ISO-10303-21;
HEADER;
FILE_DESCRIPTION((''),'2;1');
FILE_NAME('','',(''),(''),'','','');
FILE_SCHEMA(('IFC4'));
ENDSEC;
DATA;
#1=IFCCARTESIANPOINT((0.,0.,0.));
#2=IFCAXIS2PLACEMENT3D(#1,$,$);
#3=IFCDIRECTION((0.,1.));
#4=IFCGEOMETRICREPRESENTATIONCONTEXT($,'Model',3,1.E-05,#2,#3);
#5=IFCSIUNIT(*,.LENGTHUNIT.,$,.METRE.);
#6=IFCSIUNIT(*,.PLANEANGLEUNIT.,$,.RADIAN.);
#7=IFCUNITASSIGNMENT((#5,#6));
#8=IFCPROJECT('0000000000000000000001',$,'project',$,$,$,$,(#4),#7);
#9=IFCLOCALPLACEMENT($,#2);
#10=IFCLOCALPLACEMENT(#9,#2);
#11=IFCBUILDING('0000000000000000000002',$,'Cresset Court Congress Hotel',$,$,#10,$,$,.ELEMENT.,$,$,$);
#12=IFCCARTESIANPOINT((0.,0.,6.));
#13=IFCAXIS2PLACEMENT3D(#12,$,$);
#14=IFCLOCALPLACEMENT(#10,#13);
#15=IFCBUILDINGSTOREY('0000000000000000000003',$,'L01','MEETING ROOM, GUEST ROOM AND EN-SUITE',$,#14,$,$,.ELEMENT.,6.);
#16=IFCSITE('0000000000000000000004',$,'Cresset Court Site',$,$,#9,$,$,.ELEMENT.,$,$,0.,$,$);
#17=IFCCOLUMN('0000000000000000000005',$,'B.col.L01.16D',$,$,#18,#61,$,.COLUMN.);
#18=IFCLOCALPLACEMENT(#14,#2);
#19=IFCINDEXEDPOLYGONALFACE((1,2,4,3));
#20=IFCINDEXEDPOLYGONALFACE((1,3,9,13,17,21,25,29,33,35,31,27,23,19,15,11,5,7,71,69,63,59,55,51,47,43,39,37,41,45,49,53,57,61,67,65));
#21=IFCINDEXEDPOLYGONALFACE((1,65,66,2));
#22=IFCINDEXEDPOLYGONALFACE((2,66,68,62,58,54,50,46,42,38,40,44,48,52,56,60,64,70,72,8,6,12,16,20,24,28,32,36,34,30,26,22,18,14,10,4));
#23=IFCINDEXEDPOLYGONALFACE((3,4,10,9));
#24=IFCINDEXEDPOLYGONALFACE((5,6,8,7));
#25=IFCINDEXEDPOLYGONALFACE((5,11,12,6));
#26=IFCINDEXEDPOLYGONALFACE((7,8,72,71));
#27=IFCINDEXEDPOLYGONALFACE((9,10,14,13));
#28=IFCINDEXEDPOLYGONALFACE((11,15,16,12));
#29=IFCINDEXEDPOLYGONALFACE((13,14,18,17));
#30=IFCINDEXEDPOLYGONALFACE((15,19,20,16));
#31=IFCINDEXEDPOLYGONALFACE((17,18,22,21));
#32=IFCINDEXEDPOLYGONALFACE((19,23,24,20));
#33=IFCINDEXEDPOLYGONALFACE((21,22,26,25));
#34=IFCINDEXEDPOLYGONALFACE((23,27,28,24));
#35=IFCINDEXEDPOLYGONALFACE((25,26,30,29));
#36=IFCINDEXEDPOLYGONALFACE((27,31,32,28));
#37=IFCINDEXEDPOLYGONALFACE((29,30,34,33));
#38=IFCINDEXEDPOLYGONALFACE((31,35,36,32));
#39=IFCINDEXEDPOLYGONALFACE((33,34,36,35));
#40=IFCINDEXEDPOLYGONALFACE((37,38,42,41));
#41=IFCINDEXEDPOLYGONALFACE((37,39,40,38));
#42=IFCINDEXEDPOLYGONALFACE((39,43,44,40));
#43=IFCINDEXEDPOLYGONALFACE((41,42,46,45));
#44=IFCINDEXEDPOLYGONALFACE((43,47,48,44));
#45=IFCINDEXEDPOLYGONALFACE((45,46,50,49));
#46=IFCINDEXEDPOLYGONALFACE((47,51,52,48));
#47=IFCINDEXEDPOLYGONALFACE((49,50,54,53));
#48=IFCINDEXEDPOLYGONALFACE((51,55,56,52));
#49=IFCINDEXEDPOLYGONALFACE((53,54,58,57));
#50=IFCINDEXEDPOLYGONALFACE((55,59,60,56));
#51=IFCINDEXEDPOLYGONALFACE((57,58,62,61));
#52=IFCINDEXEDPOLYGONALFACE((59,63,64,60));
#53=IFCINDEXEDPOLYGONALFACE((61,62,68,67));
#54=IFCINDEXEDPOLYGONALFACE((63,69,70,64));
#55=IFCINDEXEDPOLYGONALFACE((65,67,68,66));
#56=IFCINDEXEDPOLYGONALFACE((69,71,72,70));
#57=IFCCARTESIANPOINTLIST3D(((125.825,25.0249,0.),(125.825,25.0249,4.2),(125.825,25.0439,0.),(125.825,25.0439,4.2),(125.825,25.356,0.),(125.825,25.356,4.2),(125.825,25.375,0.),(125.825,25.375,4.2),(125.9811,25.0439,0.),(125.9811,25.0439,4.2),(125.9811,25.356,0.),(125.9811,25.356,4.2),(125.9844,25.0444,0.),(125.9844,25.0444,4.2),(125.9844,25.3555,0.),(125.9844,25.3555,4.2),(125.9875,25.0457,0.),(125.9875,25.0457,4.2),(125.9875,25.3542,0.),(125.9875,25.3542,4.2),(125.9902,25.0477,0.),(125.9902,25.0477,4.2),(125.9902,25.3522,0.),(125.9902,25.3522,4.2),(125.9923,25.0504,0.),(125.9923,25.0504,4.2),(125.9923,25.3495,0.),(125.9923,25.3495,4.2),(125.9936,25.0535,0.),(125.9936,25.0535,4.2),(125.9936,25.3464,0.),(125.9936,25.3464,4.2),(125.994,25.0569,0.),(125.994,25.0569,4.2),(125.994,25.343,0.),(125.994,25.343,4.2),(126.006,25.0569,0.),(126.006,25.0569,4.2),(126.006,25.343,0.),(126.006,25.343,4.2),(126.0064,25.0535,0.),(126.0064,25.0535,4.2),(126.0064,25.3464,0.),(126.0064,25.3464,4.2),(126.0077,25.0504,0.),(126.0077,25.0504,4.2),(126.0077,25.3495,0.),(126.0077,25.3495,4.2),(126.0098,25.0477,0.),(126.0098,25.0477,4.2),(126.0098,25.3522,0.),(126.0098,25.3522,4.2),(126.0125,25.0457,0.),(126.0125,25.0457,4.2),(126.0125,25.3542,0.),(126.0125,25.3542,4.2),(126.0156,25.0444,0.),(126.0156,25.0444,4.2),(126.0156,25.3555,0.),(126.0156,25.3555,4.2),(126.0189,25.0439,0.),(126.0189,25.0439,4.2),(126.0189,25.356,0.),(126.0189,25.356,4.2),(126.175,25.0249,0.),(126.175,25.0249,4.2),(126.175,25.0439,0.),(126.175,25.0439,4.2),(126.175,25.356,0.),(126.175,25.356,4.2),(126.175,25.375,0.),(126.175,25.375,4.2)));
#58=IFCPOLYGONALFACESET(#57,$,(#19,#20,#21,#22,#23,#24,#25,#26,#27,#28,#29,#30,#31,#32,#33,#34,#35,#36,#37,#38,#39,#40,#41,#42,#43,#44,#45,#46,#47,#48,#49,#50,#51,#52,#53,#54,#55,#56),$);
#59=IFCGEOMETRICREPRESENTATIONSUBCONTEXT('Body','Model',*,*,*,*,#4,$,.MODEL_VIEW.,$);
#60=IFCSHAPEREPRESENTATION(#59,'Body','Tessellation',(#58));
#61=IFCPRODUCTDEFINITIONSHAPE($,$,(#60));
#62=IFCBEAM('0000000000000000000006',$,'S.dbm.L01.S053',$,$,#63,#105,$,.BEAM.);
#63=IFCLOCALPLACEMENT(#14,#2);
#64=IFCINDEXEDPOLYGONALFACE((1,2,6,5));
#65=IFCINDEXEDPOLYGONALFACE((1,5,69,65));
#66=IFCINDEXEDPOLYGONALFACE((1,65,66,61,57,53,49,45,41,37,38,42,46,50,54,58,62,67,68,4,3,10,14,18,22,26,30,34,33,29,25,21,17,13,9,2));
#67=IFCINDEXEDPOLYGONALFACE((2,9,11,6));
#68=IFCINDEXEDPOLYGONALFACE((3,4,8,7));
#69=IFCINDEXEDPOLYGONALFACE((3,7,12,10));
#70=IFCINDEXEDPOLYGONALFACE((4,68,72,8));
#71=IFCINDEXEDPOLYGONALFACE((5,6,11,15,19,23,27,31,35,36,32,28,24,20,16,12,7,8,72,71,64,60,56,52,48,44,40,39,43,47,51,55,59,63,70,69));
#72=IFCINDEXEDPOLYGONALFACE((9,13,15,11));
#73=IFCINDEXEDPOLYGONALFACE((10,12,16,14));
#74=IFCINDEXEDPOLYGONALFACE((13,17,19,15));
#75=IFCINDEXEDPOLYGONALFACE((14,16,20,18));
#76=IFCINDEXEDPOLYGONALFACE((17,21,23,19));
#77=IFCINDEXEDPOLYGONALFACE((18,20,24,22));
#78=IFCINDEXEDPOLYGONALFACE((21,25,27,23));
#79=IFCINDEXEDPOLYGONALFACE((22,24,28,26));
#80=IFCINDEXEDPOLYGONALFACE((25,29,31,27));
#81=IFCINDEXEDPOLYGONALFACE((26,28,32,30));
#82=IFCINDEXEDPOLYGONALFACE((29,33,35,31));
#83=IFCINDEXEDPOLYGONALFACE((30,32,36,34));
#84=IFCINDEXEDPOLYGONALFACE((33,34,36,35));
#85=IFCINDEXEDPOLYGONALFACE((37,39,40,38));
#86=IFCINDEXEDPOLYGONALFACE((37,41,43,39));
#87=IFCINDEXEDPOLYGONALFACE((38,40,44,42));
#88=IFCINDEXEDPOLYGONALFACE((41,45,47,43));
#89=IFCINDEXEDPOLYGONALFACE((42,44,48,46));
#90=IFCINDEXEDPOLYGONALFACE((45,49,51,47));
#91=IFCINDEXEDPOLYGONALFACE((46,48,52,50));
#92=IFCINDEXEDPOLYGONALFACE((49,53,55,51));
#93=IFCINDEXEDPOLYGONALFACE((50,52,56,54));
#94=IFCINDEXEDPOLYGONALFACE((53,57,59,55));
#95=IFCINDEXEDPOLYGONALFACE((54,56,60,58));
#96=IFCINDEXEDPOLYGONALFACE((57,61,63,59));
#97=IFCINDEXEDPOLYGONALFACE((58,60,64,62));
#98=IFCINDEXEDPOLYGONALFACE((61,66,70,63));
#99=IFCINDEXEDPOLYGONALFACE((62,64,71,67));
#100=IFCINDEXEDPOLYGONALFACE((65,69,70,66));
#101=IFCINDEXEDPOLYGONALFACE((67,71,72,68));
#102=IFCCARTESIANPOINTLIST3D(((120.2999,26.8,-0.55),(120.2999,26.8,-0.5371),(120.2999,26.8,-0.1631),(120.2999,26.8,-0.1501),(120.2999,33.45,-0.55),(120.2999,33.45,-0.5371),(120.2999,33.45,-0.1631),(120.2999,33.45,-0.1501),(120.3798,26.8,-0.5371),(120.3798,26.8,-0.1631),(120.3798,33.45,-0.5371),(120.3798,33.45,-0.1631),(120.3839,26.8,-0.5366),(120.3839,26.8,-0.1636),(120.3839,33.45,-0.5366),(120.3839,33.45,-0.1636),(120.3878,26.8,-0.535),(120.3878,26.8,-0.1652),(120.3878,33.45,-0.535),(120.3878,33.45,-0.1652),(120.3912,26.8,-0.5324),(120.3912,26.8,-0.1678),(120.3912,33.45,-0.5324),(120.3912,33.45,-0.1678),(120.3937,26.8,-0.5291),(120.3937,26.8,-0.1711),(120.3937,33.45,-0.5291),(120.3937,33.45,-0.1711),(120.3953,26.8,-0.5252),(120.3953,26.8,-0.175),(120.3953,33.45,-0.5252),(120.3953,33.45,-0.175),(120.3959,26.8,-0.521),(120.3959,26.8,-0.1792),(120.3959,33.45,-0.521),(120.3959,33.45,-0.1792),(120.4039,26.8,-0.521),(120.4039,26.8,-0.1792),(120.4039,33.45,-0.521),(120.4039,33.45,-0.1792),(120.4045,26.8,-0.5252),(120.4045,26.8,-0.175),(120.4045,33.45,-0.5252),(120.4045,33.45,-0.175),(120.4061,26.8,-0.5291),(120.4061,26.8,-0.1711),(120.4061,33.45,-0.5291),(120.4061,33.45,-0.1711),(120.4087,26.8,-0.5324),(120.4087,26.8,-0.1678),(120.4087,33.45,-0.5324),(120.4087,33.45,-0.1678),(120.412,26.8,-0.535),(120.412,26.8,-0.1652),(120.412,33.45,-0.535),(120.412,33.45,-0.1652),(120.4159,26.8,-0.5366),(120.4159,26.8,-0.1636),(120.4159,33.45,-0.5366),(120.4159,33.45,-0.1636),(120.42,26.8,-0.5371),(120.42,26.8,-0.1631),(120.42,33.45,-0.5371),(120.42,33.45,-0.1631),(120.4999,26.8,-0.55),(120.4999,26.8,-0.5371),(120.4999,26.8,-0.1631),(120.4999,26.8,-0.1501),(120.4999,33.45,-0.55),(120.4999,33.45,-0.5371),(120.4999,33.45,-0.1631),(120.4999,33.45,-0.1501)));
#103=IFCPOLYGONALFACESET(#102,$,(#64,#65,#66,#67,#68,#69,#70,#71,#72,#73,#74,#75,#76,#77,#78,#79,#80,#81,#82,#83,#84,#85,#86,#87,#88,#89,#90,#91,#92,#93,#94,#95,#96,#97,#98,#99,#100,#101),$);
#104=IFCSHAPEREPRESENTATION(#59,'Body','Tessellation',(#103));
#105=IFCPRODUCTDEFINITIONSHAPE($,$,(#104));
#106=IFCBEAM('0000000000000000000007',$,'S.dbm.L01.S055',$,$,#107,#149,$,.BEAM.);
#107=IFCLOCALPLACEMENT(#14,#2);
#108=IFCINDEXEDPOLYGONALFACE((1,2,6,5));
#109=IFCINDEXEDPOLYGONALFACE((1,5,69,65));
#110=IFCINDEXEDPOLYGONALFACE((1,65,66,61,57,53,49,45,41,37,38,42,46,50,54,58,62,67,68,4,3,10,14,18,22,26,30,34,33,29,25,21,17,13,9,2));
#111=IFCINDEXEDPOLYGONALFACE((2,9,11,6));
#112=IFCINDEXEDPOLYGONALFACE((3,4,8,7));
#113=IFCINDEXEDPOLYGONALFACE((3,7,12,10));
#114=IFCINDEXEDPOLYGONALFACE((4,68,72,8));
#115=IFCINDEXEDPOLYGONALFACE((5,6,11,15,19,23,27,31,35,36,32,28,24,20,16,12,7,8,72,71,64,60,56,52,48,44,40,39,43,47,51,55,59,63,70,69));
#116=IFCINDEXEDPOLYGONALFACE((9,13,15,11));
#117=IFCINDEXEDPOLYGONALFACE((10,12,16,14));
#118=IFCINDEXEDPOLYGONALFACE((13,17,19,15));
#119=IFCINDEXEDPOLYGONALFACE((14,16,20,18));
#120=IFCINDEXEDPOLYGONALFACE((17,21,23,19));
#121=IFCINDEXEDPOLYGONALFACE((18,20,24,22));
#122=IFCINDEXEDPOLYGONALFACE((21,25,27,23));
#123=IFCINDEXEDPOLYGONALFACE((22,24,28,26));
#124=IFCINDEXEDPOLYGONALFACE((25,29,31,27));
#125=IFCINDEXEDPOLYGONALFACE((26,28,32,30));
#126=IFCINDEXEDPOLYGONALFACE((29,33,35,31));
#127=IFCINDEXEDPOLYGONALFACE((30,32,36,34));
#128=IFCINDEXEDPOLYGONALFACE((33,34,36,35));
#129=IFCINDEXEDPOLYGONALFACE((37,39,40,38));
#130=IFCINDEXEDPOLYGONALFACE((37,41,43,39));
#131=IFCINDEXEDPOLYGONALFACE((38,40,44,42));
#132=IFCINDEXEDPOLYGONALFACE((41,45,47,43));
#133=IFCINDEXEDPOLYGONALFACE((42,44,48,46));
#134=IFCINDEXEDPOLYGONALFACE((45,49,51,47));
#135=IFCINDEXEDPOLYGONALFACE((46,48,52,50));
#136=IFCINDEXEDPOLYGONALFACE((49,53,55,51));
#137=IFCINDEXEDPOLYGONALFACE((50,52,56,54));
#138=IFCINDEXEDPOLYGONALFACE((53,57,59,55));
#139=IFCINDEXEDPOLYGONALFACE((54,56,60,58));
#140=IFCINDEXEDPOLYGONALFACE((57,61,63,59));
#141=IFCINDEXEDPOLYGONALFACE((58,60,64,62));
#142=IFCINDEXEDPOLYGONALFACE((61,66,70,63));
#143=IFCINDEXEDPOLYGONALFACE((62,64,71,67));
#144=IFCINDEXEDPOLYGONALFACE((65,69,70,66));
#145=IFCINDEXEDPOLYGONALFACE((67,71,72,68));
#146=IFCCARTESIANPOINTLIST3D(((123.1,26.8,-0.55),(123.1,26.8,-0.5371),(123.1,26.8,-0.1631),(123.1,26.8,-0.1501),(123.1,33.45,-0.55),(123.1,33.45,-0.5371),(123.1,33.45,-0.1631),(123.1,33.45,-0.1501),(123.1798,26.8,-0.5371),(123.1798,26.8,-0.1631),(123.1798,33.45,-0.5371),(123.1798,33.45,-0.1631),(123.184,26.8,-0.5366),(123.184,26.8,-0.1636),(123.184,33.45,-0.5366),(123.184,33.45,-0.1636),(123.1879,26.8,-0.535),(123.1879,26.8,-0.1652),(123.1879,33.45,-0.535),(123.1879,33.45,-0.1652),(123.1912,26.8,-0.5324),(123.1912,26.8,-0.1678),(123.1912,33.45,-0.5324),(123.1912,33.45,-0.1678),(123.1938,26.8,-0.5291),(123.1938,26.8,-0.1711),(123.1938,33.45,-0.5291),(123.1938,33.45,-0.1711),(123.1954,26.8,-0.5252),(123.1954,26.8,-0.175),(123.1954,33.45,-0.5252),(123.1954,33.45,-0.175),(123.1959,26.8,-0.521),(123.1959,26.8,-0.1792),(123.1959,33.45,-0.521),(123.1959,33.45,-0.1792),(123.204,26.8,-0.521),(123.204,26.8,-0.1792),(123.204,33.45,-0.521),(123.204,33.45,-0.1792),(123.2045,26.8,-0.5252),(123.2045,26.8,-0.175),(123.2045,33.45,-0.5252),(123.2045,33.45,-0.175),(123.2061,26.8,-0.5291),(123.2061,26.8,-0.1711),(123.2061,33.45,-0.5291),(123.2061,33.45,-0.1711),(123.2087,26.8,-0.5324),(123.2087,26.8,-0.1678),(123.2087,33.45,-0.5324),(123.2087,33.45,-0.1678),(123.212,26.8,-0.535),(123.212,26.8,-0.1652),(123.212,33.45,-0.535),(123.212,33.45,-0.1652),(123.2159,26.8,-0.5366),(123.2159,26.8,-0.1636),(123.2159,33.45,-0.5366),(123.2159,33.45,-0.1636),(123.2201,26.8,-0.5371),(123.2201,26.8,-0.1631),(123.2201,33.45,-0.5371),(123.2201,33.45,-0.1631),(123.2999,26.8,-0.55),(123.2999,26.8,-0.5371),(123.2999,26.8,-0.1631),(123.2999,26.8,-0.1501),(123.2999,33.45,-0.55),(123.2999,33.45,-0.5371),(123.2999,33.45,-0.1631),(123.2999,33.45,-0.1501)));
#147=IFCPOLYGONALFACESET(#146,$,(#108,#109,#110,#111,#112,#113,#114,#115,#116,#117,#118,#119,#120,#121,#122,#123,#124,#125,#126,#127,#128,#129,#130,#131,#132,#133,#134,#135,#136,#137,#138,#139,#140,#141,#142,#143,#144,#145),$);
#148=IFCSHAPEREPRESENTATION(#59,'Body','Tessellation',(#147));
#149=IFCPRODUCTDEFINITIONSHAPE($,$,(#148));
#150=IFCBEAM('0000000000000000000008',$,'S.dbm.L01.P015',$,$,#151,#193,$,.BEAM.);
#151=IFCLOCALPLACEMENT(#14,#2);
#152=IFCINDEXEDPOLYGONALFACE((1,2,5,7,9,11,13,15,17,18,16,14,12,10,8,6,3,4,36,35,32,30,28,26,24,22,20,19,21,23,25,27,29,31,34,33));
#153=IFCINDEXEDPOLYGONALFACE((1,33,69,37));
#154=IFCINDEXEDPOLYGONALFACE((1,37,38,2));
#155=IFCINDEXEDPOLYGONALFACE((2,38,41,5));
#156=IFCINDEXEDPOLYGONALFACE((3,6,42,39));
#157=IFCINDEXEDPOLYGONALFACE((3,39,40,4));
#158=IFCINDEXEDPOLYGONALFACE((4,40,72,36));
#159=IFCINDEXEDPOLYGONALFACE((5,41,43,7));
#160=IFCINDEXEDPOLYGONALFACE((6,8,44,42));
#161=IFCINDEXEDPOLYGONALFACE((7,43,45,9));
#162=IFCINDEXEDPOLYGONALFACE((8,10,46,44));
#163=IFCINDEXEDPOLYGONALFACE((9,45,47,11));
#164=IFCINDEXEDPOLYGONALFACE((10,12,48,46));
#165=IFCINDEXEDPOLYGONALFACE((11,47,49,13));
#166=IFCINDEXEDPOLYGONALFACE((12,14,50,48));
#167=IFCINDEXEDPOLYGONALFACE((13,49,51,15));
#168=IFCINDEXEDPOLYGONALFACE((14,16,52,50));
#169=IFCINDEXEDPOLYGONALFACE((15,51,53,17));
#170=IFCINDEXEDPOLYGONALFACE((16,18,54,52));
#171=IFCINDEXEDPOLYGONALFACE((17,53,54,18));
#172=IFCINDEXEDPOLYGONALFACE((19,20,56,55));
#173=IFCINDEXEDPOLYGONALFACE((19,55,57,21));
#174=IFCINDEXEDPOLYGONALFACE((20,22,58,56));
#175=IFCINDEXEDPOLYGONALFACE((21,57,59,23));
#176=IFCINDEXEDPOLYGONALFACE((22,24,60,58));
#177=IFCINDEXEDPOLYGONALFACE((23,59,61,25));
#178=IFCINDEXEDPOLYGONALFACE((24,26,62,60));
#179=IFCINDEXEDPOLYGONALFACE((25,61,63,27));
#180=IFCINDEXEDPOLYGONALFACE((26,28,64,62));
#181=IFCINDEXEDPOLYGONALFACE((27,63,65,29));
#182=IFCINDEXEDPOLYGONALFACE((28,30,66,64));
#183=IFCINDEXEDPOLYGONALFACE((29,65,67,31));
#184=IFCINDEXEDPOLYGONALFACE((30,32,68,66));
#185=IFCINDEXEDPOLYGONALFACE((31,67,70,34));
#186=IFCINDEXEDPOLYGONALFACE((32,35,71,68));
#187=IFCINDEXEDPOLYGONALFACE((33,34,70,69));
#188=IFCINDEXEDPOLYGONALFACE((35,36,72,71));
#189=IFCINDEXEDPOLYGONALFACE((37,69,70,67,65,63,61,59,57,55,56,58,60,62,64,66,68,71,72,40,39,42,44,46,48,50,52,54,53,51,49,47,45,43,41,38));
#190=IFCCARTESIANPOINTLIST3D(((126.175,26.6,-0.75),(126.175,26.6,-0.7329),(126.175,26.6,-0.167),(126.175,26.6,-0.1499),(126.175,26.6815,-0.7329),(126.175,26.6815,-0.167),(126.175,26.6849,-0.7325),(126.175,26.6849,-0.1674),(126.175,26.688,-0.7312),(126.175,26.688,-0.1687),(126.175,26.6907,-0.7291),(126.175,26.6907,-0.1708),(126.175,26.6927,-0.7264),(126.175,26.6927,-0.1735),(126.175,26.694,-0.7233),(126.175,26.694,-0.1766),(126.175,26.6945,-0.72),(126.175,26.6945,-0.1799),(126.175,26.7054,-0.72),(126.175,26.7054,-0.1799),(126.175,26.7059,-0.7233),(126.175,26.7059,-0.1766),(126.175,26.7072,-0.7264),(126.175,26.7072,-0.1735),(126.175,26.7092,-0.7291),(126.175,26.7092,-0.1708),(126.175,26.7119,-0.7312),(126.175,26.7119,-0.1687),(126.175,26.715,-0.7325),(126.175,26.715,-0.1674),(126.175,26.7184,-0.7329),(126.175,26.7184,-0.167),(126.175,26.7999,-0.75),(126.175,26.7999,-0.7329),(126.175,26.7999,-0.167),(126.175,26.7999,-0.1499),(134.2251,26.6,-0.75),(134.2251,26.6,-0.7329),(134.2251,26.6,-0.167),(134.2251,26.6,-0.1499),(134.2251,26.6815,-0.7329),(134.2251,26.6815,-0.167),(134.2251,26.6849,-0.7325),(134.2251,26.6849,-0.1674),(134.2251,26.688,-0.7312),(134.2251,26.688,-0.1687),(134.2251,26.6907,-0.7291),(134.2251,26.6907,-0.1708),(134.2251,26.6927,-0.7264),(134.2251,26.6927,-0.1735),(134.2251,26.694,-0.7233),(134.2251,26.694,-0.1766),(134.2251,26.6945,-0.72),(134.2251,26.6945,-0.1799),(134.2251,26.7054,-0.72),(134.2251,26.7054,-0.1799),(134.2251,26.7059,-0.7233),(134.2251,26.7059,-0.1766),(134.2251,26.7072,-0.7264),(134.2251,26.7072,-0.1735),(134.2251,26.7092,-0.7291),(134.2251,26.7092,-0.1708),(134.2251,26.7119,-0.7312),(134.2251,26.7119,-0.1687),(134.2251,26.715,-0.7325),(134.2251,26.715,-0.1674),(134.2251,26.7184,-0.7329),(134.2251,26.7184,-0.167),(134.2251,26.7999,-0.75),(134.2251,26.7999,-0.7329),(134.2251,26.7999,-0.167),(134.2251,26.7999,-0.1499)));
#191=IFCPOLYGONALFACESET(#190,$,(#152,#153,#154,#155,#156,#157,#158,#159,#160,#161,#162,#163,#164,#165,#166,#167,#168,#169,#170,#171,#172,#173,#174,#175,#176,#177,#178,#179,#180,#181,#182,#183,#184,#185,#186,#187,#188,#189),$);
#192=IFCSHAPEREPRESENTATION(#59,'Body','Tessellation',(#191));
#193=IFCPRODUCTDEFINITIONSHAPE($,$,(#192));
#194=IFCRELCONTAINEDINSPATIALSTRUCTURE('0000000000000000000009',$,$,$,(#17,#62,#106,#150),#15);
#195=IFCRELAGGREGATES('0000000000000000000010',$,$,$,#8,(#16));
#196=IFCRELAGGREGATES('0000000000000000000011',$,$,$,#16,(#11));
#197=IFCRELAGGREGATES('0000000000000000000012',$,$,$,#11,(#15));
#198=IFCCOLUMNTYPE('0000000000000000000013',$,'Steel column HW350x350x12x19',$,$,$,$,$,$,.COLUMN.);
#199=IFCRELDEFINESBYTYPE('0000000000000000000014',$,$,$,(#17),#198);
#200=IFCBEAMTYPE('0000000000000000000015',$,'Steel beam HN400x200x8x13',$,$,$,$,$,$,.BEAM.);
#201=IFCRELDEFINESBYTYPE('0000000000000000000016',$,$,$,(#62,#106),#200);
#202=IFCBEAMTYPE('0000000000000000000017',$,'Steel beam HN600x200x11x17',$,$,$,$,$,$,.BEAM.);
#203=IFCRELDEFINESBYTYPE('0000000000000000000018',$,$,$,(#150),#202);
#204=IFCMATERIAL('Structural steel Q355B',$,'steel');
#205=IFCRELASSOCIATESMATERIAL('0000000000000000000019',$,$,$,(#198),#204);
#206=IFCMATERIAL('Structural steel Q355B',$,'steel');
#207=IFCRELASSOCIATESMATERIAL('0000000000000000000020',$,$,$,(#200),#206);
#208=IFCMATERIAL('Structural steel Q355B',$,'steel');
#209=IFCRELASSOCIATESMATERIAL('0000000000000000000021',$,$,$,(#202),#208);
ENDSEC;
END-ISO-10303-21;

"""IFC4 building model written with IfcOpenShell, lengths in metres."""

from ifc_helpers import new_model, si_unit, direction, frame, origin, origin_2d, place, context, subcontext, project, spatial, i_section, extrude, material, material_profile, profile_set, type_object, element, save


model = new_model("IFC4")

# Units and contexts
model_context = context("Model", 3, precision=1e-05, world=origin(), true_north=direction((0.0, 1.0)))
body_context = subcontext(model_context, "Body", "Model", "MODEL_VIEW")
ifc_project = project(units=[si_unit("LENGTHUNIT", "METRE"), si_unit("PLANEANGLEUNIT", "RADIAN")], contexts=[model_context])

# Site, building, storey
site_placement = place(None, origin())
site = spatial("IfcSite", under=ifc_project, at=site_placement, Name="Cresset Court Site", CompositionType="ELEMENT", RefElevation=0.0)
building_placement = place(site_placement, origin())
building = spatial("IfcBuilding", under=site, at=building_placement, Name="Cresset Court Congress Hotel", CompositionType="ELEMENT")
storey_placement = place(building_placement, frame((0.0, 0.0, 6.0)))
storey = spatial("IfcBuildingStorey", under=building, at=storey_placement, Name="L01", Description="MEETING ROOM, GUEST ROOM AND EN-SUITE", CompositionType="ELEMENT", Elevation=6.0)

# Column
ifc_material_1 = material(Name="Structural steel Q355B", Category="steel")
ifc_material_profile_1 = material_profile(ifc_material_1, i_section(OverallWidth=0.3501, OverallDepth=0.3501, WebThickness=0.012, FlangeThickness=0.019, FilletRadius=0.0129, at=origin_2d()), Name="HW350x350x12x19")
ifc_profile_set_1 = profile_set([ifc_material_profile_1], Name="Structural steel Q355B")
column_type = type_object("IfcColumnType", Name="Steel column HW350x350x12x19", PredefinedType="COLUMN", material=ifc_profile_set_1)
column_placement = place(storey_placement, frame((126.0, 25.2, 0.0), z_axis=(0.0, 0.0, 1.0), x_axis=(1.0, 0.0, 0.0)))
element("IfcColumn", 1, at=column_placement, inside=storey, type_object=column_type, Name="B.col.L01.16D", PredefinedType="COLUMN", context=body_context, shape_type="SweptSolid", body=[
    extrude(i_section(OverallWidth=0.3501, OverallDepth=0.3501, WebThickness=0.012, FlangeThickness=0.019, FilletRadius=0.0129, at=origin_2d()), origin(), (0.0, 0.0, 1.0), 4.2),
])

# Beams
ifc_material_2 = material(Name="Structural steel Q355B", Category="steel")
ifc_material_profile_2 = material_profile(ifc_material_2, i_section(OverallWidth=0.2, OverallDepth=0.3999, WebThickness=0.0081, FlangeThickness=0.0129, FilletRadius=0.0161, at=origin_2d()), Name="HN400x200x8x13")
ifc_profile_set_2 = profile_set([ifc_material_profile_2], Name="Structural steel Q355B")
beam_type_1 = type_object("IfcBeamType", Name="Steel beam HN400x200x8x13", PredefinedType="BEAM", material=ifc_profile_set_2)
for number, where, z_axis, x_axis, name in (
    (2, (120.3999, 26.8, -0.3501), (0.0, 1.0, 0.0), (-1.0, 0.0, 0.0), "S.dbm.L01.S053"),
    (3, (123.2, 26.8, -0.3501), (0.0, 1.0, 0.0), (-1.0, 0.0, 0.0), "S.dbm.L01.S055"),
):
    element("IfcBeam", number, at=place(storey_placement, frame(where, z_axis=z_axis, x_axis=x_axis)), inside=storey, type_object=beam_type_1, Name=name, PredefinedType="BEAM", context=body_context, shape_type="SweptSolid", body=[
        extrude(i_section(OverallWidth=0.2, OverallDepth=0.3999, WebThickness=0.0081, FlangeThickness=0.0129, FilletRadius=0.0161, at=origin_2d()), origin(), (0.0, 0.0, 1.0), 6.6499),
    ])
ifc_material_3 = material(Name="Structural steel Q355B", Category="steel")
ifc_material_profile_3 = material_profile(ifc_material_3, i_section(OverallWidth=0.2, OverallDepth=0.6001, WebThickness=0.011, FlangeThickness=0.0171, FilletRadius=0.0129, at=origin_2d()), Name="HN600x200x11x17")
ifc_profile_set_3 = profile_set([ifc_material_profile_3], Name="Structural steel Q355B")
beam_type_2 = type_object("IfcBeamType", Name="Steel beam HN600x200x11x17", PredefinedType="BEAM", material=ifc_profile_set_3)
beam_1_placement = place(storey_placement, frame((126.175, 26.7, -0.45), z_axis=(1.0, 0.0, 0.0), x_axis=(0.0, 1.0, 0.0)))
element("IfcBeam", 4, at=beam_1_placement, inside=storey, type_object=beam_type_2, Name="S.dbm.L01.P015", PredefinedType="BEAM", context=body_context, shape_type="SweptSolid", body=[
    extrude(i_section(OverallWidth=0.2, OverallDepth=0.6001, WebThickness=0.011, FlangeThickness=0.0171, FilletRadius=0.0129, at=origin_2d()), origin(), (0.0, 0.0, 1.0), 8.05),
])

save(model, "model.ifc")
